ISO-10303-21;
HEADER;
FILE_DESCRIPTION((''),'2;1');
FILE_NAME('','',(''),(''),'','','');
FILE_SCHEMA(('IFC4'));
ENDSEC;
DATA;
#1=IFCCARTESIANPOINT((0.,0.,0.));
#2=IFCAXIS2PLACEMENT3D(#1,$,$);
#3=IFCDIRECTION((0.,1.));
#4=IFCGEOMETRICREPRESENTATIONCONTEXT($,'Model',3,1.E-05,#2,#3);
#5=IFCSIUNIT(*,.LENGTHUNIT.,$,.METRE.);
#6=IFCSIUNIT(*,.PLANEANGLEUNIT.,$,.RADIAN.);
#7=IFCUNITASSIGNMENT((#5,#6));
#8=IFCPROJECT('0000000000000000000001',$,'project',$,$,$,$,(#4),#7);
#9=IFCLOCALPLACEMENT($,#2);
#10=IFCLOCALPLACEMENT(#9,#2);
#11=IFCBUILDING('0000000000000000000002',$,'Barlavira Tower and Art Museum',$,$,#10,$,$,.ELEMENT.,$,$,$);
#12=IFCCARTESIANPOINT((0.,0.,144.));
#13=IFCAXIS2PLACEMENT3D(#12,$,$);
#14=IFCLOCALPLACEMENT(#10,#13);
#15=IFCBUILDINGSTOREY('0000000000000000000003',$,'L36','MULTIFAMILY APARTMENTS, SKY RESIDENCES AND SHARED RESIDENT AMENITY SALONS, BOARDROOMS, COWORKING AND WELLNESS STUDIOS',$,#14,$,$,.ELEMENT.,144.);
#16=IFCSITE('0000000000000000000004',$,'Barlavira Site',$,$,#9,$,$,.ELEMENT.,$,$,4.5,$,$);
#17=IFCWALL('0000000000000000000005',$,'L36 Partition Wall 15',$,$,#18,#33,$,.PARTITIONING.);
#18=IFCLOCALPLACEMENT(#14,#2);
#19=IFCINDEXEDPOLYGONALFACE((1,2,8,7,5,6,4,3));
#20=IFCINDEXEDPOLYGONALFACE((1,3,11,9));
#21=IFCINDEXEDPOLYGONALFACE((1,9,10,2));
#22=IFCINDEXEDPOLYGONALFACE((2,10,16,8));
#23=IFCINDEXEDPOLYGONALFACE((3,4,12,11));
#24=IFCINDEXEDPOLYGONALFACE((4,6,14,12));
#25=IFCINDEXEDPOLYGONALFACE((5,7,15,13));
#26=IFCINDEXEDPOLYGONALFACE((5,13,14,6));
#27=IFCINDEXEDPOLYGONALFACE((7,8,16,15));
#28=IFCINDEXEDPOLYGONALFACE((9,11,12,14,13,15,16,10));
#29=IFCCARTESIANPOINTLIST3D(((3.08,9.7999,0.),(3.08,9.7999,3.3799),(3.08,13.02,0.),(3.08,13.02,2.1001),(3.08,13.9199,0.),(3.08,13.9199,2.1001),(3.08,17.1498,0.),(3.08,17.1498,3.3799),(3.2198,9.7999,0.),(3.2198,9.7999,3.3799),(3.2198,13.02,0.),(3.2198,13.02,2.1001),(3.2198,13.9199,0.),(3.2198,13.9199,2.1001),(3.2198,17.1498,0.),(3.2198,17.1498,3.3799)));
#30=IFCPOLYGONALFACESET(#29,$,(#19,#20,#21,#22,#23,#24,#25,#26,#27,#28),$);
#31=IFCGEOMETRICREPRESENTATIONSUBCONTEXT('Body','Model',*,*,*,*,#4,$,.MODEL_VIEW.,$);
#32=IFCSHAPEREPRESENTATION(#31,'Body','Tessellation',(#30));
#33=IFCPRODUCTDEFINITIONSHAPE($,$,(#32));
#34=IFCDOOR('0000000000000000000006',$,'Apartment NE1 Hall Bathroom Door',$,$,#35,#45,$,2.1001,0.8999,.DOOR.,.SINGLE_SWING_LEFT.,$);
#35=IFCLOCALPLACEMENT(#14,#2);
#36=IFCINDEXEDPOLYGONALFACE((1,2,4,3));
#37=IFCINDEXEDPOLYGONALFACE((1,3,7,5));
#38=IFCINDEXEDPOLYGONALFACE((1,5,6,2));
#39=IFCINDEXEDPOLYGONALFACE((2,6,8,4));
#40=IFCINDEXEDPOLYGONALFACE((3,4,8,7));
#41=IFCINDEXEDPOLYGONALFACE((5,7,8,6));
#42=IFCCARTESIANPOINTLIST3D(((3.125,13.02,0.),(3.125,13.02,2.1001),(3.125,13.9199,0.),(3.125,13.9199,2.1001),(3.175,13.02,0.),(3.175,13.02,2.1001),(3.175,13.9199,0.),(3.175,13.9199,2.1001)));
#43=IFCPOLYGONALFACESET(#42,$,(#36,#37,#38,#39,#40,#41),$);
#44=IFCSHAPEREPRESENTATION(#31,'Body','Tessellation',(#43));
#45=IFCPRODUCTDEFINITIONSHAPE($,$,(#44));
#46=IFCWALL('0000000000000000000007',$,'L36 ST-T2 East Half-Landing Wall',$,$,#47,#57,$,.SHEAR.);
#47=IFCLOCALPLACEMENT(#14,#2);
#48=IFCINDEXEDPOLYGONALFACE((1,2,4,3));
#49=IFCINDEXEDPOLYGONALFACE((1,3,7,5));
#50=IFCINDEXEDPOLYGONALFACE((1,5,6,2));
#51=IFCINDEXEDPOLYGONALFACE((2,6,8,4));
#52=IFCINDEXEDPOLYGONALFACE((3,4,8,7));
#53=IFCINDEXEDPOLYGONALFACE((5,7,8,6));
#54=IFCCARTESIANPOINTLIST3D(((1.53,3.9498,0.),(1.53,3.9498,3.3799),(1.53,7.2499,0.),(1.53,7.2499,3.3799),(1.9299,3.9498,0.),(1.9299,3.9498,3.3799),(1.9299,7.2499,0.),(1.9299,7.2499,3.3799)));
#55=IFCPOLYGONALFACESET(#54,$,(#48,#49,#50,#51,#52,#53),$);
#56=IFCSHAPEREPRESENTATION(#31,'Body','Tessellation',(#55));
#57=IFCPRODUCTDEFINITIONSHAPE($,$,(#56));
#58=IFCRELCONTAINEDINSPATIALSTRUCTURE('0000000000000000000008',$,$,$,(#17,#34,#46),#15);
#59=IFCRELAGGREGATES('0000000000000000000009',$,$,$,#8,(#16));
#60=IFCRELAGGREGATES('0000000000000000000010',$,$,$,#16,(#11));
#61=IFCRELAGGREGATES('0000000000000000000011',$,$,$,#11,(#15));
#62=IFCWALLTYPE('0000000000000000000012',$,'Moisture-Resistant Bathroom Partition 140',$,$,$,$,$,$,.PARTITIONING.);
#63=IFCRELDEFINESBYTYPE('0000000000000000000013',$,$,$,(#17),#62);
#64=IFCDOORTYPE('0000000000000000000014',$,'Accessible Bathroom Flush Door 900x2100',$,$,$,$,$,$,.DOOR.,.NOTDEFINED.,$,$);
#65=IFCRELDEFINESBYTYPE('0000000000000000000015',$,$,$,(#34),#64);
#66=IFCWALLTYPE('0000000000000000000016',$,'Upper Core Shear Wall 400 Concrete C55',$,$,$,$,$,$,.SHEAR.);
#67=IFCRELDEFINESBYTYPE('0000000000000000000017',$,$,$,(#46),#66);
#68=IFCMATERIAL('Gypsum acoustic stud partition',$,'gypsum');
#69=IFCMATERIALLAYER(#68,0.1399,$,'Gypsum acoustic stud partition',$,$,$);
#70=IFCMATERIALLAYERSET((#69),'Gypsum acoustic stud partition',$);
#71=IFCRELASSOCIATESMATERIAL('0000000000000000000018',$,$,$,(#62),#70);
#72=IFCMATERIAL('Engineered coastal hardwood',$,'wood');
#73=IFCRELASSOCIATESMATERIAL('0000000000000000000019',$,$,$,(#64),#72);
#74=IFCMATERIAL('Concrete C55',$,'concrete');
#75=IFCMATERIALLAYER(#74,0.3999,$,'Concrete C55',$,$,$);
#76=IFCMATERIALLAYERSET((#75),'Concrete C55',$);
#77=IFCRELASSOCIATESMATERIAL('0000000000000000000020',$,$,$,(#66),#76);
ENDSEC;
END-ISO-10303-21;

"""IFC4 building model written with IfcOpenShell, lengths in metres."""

from ifc_helpers import new_model, si_unit, direction, frame, frame_2d, origin, place, context, subcontext, project, spatial, rectangle, extrude, material, layer, layer_set, type_object, element, fill, save


model = new_model("IFC4")

# Units and contexts
model_context = context("Model", 3, precision=1e-05, world=origin(), true_north=direction((0.0, 1.0)))
body_context = subcontext(model_context, "Body", "Model", "MODEL_VIEW")
ifc_project = project(units=[si_unit("LENGTHUNIT", "METRE"), si_unit("PLANEANGLEUNIT", "RADIAN")], contexts=[model_context])

# Site, building, storey
site_placement = place(None, origin())
site = spatial("IfcSite", under=ifc_project, at=site_placement, Name="Barlavira Site", CompositionType="ELEMENT", RefElevation=4.5)
building_placement = place(site_placement, origin())
building = spatial("IfcBuilding", under=site, at=building_placement, Name="Barlavira Tower and Art Museum", CompositionType="ELEMENT")
storey_placement = place(building_placement, frame((0.0, 0.0, 144.0)))
storey = spatial("IfcBuildingStorey", under=building, at=storey_placement, Name="L36", Description="MULTIFAMILY APARTMENTS, SKY RESIDENCES AND SHARED RESIDENT AMENITY SALONS, BOARDROOMS, COWORKING AND WELLNESS STUDIOS", CompositionType="ELEMENT", Elevation=144.0)

# Shared definitions
ifc_material_1 = material(Name="Gypsum acoustic stud partition", Category="gypsum")
ifc_material_2 = material(Name="Engineered coastal hardwood", Category="wood")

# Wall, opening, door
ifc_layer_1 = layer(ifc_material_1, 0.1399, Name="Gypsum acoustic stud partition")
ifc_layer_set_1 = layer_set([ifc_layer_1], Name="Gypsum acoustic stud partition")
wall_type_1 = type_object("IfcWallType", Name="Moisture-Resistant Bathroom Partition 140", PredefinedType="PARTITIONING", material=ifc_layer_set_1)
wall_1_placement = place(storey_placement, frame((3.1499, 9.8, 0.0), z_axis=(0.0, 0.0, 1.0), x_axis=(0.0, 1.0, 0.0)))
wall_1 = element("IfcWall", 1, at=wall_1_placement, inside=storey, type_object=wall_type_1, Name="L36 Partition Wall 15", PredefinedType="PARTITIONING", context=body_context, shape_type="SweptSolid", body=[
    extrude(rectangle(XDim=7.3499, YDim=0.1399, at=frame_2d((3.6748, 0.0))), origin(), (0.0, 0.0, 1.0), 3.3799),
])
opening_1_placement = place(wall_1_placement, frame((3.22, 0.0, 0.0)))
opening_1 = element("IfcOpeningElement", 2, at=opening_1_placement, cuts=wall_1, PredefinedType="OPENING", context=body_context, shape_type="SweptSolid", body=[
    extrude(rectangle(XDim=0.8999, YDim=2.1001, at=frame_2d((0.45, 1.05))), frame((0.0, 0.0801, 0.0), z_axis=(0.0, -1.0, 0.0), x_axis=(1.0, 0.0, 0.0)), (0.0, 0.0, 1.0), 0.1599),
])
door_type_1 = type_object("IfcDoorType", Name="Accessible Bathroom Flush Door 900x2100", OperationType="NOTDEFINED", PredefinedType="DOOR", material=ifc_material_2)
door_1_placement = place(opening_1_placement, origin())
door_1 = element("IfcDoor", 3, at=door_1_placement, inside=storey, type_object=door_type_1, Name="Apartment NE1 Hall Bathroom Door", OperationType="SINGLE_SWING_LEFT", OverallHeight=2.1001, OverallWidth=0.8999, PredefinedType="DOOR", context=body_context, shape_type="SweptSolid", body=[
    extrude(rectangle(XDim=0.8999, YDim=2.1001, at=frame_2d((0.45, 1.05))), frame((0.0, 0.0249, 0.0), z_axis=(0.0, -1.0, 0.0), x_axis=(1.0, 0.0, 0.0)), (0.0, 0.0, 1.0), 0.05),
])
fill(opening_1, door_1)

# Wall
ifc_material_3 = material(Name="Concrete C55", Category="concrete")
ifc_layer_2 = layer(ifc_material_3, 0.3999, Name="Concrete C55")
ifc_layer_set_2 = layer_set([ifc_layer_2], Name="Concrete C55")
wall_type_2 = type_object("IfcWallType", Name="Upper Core Shear Wall 400 Concrete C55", PredefinedType="SHEAR", material=ifc_layer_set_2)
wall_2_placement = place(storey_placement, frame((1.73, 3.95, 0.0), z_axis=(0.0, 0.0, 1.0), x_axis=(0.0, 1.0, 0.0)))
element("IfcWall", 4, at=wall_2_placement, inside=storey, type_object=wall_type_2, Name="L36 ST-T2 East Half-Landing Wall", PredefinedType="SHEAR", context=body_context, shape_type="SweptSolid", body=[
    extrude(rectangle(XDim=3.3, YDim=0.3999, at=frame_2d((1.6499, 0.0))), origin(), (0.0, 0.0, 1.0), 3.3799),
])

save(model, "model.ifc")
